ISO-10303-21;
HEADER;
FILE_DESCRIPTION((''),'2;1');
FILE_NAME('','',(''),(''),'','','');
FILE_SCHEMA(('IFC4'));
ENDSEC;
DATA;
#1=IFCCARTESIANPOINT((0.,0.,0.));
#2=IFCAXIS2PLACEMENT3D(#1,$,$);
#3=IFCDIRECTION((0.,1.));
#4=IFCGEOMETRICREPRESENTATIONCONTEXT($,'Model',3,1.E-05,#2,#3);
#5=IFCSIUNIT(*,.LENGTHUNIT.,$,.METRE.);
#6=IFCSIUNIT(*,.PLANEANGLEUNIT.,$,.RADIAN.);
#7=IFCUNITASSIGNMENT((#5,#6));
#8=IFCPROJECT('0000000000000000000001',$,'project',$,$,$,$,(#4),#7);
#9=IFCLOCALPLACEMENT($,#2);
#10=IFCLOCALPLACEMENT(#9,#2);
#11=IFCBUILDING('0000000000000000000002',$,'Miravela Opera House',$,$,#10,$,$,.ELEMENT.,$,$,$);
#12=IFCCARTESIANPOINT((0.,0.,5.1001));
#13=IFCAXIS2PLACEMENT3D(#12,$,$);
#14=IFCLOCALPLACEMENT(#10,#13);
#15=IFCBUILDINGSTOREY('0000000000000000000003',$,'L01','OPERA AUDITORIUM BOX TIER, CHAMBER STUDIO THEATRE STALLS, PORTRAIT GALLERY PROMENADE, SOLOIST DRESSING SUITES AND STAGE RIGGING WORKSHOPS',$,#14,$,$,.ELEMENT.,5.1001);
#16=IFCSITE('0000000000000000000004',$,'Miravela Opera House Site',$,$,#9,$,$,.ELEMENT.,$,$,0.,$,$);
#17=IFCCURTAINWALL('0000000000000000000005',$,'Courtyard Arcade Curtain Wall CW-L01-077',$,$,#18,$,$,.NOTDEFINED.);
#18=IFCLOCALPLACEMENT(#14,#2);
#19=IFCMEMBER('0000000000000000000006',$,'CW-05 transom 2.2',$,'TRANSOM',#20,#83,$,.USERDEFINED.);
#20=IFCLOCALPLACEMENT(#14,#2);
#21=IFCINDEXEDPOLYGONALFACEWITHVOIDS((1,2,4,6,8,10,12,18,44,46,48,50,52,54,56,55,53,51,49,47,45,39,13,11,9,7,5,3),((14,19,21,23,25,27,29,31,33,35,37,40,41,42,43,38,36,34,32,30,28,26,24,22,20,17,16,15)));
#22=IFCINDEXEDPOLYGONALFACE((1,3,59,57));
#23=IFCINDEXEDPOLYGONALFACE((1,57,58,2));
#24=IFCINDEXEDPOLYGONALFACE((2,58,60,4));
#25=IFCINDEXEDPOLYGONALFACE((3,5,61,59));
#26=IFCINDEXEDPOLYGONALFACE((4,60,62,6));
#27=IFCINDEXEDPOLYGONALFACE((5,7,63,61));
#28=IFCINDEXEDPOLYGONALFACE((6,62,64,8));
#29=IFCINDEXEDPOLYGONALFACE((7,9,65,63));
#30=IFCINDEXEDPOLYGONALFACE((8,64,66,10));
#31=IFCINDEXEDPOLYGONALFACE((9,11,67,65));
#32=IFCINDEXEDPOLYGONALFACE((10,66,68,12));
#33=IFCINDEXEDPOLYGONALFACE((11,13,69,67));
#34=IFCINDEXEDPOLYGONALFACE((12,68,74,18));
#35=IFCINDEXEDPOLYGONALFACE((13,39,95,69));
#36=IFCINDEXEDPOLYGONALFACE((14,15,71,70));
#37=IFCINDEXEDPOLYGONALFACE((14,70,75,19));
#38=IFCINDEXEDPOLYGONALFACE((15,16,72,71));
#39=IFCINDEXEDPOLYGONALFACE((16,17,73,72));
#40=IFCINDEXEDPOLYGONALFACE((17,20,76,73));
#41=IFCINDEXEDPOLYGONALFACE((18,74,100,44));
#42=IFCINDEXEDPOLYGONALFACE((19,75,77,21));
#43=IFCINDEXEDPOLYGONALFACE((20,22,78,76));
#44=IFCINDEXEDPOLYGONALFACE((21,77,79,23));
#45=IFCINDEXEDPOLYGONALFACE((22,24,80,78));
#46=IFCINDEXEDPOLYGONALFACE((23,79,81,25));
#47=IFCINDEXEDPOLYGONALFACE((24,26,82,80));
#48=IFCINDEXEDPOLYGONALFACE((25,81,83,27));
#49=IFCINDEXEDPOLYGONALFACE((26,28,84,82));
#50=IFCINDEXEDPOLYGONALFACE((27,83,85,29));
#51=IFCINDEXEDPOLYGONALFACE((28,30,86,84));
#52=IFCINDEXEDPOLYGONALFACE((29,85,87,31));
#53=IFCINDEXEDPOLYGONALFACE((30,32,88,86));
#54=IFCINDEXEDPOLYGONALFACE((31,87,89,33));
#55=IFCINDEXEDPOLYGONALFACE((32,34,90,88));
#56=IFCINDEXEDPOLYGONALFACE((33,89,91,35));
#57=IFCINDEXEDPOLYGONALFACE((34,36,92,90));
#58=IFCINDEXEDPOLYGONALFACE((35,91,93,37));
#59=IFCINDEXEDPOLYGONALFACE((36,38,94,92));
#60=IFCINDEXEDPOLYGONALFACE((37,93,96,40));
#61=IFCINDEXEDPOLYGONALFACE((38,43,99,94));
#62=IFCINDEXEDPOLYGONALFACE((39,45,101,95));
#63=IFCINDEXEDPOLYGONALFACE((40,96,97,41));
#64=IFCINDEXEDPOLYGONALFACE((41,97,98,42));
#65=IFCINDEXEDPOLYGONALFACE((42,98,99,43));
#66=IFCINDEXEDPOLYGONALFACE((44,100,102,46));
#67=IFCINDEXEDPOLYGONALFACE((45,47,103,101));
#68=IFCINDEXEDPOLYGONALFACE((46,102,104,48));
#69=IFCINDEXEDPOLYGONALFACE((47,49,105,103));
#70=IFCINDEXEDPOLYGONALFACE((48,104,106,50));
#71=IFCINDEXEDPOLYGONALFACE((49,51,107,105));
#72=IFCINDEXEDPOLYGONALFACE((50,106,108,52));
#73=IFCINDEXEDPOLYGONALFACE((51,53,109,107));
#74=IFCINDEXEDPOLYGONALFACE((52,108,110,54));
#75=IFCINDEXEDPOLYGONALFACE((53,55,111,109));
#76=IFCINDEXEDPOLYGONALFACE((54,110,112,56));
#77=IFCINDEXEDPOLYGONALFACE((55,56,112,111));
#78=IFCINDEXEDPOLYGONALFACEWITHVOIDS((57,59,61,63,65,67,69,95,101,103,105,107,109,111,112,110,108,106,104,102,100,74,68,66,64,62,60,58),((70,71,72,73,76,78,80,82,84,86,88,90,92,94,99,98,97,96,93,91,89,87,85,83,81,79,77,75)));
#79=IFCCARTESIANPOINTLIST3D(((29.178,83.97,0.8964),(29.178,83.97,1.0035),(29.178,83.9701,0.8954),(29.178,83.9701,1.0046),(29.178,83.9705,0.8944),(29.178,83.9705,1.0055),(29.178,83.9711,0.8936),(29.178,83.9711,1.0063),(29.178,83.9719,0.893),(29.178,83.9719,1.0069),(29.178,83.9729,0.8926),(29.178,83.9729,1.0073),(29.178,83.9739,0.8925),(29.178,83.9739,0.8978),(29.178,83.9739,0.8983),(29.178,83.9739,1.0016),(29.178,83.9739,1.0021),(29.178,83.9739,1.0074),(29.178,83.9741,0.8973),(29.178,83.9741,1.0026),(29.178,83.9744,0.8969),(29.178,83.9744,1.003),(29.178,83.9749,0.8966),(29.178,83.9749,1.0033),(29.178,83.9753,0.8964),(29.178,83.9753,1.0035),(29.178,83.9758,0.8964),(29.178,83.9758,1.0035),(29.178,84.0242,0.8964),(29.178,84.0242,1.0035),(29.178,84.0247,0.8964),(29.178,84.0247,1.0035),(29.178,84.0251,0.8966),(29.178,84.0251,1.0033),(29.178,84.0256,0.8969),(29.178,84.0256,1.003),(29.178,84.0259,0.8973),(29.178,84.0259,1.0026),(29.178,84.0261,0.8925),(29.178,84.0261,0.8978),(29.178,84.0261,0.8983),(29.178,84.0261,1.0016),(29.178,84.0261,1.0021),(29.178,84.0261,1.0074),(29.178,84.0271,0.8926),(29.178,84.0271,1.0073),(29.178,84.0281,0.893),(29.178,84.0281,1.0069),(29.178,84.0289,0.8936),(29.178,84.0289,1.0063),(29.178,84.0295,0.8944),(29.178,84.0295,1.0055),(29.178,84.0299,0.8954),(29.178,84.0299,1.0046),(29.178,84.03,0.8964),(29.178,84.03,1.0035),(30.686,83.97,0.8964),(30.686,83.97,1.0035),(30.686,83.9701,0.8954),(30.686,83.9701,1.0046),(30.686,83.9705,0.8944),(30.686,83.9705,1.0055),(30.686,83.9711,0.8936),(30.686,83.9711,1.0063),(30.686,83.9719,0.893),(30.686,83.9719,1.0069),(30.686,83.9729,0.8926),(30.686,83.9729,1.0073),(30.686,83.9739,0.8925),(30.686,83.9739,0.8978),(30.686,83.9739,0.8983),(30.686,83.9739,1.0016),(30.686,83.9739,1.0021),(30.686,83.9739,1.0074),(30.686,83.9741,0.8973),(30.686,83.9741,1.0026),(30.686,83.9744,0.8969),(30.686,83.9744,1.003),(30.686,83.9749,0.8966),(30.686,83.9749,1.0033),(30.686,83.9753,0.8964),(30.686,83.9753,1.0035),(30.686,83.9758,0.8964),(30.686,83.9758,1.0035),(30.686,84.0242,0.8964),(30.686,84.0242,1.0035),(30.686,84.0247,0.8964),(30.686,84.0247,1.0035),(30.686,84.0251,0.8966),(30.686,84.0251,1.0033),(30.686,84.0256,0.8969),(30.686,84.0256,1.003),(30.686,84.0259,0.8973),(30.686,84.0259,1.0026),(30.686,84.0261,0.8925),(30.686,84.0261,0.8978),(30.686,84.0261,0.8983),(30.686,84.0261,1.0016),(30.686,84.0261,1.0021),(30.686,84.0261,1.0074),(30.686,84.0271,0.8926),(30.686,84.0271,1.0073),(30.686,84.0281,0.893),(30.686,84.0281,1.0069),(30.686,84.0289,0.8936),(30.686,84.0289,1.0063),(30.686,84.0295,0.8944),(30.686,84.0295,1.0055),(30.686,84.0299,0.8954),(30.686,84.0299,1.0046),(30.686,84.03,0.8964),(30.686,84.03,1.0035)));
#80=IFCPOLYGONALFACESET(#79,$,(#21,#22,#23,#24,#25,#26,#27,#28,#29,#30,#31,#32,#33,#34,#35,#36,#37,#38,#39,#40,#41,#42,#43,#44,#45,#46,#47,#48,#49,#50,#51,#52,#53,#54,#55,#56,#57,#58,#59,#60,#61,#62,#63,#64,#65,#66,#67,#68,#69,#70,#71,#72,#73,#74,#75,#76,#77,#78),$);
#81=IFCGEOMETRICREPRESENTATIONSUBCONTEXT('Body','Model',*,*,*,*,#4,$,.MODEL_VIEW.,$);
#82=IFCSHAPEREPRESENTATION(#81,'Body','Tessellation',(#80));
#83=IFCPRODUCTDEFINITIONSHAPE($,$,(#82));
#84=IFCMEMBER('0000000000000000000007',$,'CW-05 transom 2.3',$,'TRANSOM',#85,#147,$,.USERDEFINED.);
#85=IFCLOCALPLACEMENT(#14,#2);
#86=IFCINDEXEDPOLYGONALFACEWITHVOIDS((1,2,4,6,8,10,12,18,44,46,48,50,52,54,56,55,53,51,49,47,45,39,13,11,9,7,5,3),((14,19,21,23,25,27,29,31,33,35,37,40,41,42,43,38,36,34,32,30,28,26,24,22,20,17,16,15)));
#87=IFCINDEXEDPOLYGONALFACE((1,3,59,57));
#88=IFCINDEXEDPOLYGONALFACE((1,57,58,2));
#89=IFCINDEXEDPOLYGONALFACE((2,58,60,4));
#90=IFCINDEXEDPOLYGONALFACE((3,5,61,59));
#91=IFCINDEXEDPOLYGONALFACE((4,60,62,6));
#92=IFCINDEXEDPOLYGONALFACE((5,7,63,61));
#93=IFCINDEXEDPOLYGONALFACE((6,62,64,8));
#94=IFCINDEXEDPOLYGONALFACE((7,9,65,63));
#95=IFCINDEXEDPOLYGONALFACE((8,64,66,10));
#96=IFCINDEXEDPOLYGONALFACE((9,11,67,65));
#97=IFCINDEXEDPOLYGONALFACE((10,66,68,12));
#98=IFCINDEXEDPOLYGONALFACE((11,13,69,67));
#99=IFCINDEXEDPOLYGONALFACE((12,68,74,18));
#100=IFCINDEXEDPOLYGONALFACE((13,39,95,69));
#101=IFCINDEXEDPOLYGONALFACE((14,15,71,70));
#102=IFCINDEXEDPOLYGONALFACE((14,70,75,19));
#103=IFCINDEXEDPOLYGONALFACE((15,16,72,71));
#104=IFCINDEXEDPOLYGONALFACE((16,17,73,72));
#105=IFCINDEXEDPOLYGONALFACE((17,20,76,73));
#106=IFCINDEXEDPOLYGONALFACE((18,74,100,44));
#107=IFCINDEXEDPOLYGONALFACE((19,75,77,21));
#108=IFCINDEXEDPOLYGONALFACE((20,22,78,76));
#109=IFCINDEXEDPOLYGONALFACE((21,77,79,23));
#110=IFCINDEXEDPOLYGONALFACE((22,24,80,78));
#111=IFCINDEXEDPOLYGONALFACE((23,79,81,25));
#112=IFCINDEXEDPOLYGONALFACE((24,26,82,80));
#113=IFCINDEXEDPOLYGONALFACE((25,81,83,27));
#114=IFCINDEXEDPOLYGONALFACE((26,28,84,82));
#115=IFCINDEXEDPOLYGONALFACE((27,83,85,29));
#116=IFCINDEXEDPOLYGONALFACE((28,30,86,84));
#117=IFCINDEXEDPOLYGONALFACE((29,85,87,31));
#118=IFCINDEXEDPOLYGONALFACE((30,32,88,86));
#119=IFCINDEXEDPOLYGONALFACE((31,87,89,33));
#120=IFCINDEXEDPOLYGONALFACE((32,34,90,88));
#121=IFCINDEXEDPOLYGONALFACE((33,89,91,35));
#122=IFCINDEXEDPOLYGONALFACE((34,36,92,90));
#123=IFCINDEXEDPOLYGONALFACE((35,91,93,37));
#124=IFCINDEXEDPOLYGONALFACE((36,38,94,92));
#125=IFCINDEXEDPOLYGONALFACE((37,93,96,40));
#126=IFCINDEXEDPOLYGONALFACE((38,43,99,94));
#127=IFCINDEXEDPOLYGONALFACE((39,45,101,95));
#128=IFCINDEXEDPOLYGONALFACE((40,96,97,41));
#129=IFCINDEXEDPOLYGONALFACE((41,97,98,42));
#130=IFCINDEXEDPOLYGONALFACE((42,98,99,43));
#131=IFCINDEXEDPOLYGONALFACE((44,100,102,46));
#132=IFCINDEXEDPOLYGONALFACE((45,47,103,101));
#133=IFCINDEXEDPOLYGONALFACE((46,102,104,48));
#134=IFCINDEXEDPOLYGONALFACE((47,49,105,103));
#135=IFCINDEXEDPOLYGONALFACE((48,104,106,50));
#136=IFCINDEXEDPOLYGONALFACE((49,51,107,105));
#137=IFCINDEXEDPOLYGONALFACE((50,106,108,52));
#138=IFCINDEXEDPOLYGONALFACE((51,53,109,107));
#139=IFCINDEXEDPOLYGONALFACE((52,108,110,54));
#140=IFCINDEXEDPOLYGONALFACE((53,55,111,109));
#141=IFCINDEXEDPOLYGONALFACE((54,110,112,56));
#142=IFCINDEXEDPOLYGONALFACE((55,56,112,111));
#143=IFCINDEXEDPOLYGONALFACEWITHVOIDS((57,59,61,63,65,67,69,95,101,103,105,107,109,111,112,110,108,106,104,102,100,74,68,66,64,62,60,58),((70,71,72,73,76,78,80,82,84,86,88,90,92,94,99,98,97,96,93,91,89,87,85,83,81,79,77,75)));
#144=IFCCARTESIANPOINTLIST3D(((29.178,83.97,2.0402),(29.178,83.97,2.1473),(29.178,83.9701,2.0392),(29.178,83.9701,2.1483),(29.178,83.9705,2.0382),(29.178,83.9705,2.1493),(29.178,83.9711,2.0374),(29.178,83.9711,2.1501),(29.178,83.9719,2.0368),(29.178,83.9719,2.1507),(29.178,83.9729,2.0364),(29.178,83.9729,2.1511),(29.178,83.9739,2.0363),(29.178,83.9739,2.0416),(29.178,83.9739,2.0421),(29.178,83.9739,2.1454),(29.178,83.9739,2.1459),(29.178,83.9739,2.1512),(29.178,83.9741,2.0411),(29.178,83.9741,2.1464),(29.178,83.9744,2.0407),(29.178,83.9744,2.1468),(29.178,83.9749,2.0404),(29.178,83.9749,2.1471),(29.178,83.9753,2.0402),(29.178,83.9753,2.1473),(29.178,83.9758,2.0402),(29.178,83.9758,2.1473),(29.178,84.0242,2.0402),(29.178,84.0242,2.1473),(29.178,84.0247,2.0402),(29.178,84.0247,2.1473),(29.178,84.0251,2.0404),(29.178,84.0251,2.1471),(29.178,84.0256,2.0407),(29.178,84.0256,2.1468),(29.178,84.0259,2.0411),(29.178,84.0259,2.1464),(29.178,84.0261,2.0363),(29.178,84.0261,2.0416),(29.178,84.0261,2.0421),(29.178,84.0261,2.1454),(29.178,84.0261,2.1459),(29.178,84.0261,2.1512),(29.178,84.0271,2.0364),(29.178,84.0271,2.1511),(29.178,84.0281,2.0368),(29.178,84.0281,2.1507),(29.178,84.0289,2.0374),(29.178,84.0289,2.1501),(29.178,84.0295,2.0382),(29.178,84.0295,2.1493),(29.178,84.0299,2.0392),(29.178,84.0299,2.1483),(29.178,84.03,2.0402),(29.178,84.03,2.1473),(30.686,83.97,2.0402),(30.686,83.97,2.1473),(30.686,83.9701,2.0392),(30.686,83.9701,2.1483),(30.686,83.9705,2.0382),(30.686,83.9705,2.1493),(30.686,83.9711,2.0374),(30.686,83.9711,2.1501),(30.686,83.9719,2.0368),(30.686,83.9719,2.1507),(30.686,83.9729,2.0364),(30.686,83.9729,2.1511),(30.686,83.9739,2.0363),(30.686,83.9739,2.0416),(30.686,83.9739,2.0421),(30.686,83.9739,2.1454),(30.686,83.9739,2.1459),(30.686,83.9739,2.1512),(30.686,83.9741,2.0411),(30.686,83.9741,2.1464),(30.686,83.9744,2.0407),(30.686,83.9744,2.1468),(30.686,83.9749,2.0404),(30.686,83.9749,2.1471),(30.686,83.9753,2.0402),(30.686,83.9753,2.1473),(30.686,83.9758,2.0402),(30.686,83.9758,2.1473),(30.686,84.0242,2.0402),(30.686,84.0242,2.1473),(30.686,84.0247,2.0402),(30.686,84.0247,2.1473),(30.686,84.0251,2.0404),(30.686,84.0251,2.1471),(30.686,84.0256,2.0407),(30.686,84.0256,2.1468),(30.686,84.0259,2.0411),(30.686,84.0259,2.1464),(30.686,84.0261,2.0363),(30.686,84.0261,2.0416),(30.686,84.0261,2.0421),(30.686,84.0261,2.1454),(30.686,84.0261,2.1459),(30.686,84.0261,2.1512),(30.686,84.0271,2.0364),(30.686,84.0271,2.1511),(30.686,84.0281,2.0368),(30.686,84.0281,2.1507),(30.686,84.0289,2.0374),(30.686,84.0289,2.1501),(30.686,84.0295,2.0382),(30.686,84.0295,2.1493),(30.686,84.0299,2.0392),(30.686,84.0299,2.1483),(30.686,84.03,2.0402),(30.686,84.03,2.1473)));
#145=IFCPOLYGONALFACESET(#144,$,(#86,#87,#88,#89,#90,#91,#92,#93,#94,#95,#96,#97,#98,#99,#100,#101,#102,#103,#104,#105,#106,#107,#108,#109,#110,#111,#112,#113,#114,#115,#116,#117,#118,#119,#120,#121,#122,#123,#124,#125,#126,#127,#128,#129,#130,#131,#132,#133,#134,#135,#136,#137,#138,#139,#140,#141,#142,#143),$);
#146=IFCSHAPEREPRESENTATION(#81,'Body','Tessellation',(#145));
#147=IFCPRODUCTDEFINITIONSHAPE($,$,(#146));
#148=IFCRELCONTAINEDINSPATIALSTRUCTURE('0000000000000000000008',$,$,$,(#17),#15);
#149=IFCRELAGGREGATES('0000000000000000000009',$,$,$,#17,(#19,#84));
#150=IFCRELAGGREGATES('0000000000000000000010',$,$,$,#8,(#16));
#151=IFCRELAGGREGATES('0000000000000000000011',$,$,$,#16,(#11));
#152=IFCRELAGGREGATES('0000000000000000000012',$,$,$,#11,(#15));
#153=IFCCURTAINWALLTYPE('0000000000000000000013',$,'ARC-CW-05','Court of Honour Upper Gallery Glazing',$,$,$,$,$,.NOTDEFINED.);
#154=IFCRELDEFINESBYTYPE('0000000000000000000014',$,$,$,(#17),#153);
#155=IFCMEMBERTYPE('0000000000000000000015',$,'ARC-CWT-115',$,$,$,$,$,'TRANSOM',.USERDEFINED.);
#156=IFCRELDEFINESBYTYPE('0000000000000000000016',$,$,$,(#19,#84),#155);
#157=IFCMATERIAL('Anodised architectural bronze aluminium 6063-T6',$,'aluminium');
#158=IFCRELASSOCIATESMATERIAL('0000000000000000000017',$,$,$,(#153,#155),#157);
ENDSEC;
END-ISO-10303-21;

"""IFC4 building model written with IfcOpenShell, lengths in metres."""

from ifc_helpers import new_model, si_unit, direction, frame, origin, origin_2d, place, context, subcontext, project, spatial, hollow_rectangle, extrude, material, material_profile, profile_set, type_object, element, aggregate, save


model = new_model("IFC4")

# Units and contexts
model_context = context("Model", 3, precision=1e-05, world=origin(), true_north=direction((0.0, 1.0)))
body_context = subcontext(model_context, "Body", "Model", "MODEL_VIEW")
ifc_project = project(units=[si_unit("LENGTHUNIT", "METRE"), si_unit("PLANEANGLEUNIT", "RADIAN")], contexts=[model_context])

# Site, building, storey
site_placement = place(None, origin())
site = spatial("IfcSite", under=ifc_project, at=site_placement, Name="Miravela Opera House Site", CompositionType="ELEMENT", RefElevation=0.0)
building_placement = place(site_placement, origin())
building = spatial("IfcBuilding", under=site, at=building_placement, Name="Miravela Opera House", CompositionType="ELEMENT")
storey_placement = place(building_placement, frame((0.0, 0.0, 5.1001)))
storey = spatial("IfcBuildingStorey", under=building, at=storey_placement, Name="L01", Description="OPERA AUDITORIUM BOX TIER, CHAMBER STUDIO THEATRE STALLS, PORTRAIT GALLERY PROMENADE, SOLOIST DRESSING SUITES AND STAGE RIGGING WORKSHOPS", CompositionType="ELEMENT", Elevation=5.1001)

# Curtain wall
ifc_material_1 = material(Name="Anodised architectural bronze aluminium 6063-T6", Category="aluminium")
curtain_wall_type_1 = type_object("IfcCurtainWallType", Name="ARC-CW-05", Description="Court of Honour Upper Gallery Glazing", PredefinedType="NOTDEFINED", material=ifc_material_1)
curtain_wall_1_placement = place(storey_placement, origin())
curtain_wall_1 = element("IfcCurtainWall", 1, at=curtain_wall_1_placement, inside=storey, type_object=curtain_wall_type_1, Name="Courtyard Arcade Curtain Wall CW-L01-077", PredefinedType="NOTDEFINED")

# Members
ifc_material_profile_1 = material_profile(ifc_material_1, hollow_rectangle(XDim=0.0601, YDim=0.115, WallThickness=0.0039, InnerFilletRadius=0.002, OuterFilletRadius=0.0039, at=origin_2d()), Name="CWT-60X115")
ifc_profile_set_1 = profile_set([ifc_material_profile_1])
member_type_1 = type_object("IfcMemberType", Name="ARC-CWT-115", ElementType="TRANSOM", PredefinedType="USERDEFINED", material=ifc_profile_set_1)
member_1_placement = place(storey_placement, frame((29.178, 84.0, 0.95), z_axis=(1.0, 0.0, 0.0), x_axis=(0.0, 1.0, 0.0)))
member_1 = element("IfcMember", 2, at=member_1_placement, type_object=member_type_1, Name="CW-05 transom 2.2", ObjectType="TRANSOM", PredefinedType="USERDEFINED", context=body_context, shape_type="SweptSolid", body=[
    extrude(hollow_rectangle(XDim=0.0601, YDim=0.115, WallThickness=0.0039, InnerFilletRadius=0.002, OuterFilletRadius=0.0039, at=origin_2d()), origin(), (0.0, 0.0, 1.0), 1.5081),
])
member_2_placement = place(storey_placement, frame((29.178, 84.0, 2.0938), z_axis=(1.0, 0.0, 0.0), x_axis=(0.0, 1.0, 0.0)))
member_2 = element("IfcMember", 3, at=member_2_placement, type_object=member_type_1, Name="CW-05 transom 2.3", ObjectType="TRANSOM", PredefinedType="USERDEFINED", context=body_context, shape_type="SweptSolid", body=[
    extrude(hollow_rectangle(XDim=0.0601, YDim=0.115, WallThickness=0.0039, InnerFilletRadius=0.002, OuterFilletRadius=0.0039, at=origin_2d()), origin(), (0.0, 0.0, 1.0), 1.5081),
])

aggregate(curtain_wall_1, [member_1, member_2])

save(model, "model.ifc")
